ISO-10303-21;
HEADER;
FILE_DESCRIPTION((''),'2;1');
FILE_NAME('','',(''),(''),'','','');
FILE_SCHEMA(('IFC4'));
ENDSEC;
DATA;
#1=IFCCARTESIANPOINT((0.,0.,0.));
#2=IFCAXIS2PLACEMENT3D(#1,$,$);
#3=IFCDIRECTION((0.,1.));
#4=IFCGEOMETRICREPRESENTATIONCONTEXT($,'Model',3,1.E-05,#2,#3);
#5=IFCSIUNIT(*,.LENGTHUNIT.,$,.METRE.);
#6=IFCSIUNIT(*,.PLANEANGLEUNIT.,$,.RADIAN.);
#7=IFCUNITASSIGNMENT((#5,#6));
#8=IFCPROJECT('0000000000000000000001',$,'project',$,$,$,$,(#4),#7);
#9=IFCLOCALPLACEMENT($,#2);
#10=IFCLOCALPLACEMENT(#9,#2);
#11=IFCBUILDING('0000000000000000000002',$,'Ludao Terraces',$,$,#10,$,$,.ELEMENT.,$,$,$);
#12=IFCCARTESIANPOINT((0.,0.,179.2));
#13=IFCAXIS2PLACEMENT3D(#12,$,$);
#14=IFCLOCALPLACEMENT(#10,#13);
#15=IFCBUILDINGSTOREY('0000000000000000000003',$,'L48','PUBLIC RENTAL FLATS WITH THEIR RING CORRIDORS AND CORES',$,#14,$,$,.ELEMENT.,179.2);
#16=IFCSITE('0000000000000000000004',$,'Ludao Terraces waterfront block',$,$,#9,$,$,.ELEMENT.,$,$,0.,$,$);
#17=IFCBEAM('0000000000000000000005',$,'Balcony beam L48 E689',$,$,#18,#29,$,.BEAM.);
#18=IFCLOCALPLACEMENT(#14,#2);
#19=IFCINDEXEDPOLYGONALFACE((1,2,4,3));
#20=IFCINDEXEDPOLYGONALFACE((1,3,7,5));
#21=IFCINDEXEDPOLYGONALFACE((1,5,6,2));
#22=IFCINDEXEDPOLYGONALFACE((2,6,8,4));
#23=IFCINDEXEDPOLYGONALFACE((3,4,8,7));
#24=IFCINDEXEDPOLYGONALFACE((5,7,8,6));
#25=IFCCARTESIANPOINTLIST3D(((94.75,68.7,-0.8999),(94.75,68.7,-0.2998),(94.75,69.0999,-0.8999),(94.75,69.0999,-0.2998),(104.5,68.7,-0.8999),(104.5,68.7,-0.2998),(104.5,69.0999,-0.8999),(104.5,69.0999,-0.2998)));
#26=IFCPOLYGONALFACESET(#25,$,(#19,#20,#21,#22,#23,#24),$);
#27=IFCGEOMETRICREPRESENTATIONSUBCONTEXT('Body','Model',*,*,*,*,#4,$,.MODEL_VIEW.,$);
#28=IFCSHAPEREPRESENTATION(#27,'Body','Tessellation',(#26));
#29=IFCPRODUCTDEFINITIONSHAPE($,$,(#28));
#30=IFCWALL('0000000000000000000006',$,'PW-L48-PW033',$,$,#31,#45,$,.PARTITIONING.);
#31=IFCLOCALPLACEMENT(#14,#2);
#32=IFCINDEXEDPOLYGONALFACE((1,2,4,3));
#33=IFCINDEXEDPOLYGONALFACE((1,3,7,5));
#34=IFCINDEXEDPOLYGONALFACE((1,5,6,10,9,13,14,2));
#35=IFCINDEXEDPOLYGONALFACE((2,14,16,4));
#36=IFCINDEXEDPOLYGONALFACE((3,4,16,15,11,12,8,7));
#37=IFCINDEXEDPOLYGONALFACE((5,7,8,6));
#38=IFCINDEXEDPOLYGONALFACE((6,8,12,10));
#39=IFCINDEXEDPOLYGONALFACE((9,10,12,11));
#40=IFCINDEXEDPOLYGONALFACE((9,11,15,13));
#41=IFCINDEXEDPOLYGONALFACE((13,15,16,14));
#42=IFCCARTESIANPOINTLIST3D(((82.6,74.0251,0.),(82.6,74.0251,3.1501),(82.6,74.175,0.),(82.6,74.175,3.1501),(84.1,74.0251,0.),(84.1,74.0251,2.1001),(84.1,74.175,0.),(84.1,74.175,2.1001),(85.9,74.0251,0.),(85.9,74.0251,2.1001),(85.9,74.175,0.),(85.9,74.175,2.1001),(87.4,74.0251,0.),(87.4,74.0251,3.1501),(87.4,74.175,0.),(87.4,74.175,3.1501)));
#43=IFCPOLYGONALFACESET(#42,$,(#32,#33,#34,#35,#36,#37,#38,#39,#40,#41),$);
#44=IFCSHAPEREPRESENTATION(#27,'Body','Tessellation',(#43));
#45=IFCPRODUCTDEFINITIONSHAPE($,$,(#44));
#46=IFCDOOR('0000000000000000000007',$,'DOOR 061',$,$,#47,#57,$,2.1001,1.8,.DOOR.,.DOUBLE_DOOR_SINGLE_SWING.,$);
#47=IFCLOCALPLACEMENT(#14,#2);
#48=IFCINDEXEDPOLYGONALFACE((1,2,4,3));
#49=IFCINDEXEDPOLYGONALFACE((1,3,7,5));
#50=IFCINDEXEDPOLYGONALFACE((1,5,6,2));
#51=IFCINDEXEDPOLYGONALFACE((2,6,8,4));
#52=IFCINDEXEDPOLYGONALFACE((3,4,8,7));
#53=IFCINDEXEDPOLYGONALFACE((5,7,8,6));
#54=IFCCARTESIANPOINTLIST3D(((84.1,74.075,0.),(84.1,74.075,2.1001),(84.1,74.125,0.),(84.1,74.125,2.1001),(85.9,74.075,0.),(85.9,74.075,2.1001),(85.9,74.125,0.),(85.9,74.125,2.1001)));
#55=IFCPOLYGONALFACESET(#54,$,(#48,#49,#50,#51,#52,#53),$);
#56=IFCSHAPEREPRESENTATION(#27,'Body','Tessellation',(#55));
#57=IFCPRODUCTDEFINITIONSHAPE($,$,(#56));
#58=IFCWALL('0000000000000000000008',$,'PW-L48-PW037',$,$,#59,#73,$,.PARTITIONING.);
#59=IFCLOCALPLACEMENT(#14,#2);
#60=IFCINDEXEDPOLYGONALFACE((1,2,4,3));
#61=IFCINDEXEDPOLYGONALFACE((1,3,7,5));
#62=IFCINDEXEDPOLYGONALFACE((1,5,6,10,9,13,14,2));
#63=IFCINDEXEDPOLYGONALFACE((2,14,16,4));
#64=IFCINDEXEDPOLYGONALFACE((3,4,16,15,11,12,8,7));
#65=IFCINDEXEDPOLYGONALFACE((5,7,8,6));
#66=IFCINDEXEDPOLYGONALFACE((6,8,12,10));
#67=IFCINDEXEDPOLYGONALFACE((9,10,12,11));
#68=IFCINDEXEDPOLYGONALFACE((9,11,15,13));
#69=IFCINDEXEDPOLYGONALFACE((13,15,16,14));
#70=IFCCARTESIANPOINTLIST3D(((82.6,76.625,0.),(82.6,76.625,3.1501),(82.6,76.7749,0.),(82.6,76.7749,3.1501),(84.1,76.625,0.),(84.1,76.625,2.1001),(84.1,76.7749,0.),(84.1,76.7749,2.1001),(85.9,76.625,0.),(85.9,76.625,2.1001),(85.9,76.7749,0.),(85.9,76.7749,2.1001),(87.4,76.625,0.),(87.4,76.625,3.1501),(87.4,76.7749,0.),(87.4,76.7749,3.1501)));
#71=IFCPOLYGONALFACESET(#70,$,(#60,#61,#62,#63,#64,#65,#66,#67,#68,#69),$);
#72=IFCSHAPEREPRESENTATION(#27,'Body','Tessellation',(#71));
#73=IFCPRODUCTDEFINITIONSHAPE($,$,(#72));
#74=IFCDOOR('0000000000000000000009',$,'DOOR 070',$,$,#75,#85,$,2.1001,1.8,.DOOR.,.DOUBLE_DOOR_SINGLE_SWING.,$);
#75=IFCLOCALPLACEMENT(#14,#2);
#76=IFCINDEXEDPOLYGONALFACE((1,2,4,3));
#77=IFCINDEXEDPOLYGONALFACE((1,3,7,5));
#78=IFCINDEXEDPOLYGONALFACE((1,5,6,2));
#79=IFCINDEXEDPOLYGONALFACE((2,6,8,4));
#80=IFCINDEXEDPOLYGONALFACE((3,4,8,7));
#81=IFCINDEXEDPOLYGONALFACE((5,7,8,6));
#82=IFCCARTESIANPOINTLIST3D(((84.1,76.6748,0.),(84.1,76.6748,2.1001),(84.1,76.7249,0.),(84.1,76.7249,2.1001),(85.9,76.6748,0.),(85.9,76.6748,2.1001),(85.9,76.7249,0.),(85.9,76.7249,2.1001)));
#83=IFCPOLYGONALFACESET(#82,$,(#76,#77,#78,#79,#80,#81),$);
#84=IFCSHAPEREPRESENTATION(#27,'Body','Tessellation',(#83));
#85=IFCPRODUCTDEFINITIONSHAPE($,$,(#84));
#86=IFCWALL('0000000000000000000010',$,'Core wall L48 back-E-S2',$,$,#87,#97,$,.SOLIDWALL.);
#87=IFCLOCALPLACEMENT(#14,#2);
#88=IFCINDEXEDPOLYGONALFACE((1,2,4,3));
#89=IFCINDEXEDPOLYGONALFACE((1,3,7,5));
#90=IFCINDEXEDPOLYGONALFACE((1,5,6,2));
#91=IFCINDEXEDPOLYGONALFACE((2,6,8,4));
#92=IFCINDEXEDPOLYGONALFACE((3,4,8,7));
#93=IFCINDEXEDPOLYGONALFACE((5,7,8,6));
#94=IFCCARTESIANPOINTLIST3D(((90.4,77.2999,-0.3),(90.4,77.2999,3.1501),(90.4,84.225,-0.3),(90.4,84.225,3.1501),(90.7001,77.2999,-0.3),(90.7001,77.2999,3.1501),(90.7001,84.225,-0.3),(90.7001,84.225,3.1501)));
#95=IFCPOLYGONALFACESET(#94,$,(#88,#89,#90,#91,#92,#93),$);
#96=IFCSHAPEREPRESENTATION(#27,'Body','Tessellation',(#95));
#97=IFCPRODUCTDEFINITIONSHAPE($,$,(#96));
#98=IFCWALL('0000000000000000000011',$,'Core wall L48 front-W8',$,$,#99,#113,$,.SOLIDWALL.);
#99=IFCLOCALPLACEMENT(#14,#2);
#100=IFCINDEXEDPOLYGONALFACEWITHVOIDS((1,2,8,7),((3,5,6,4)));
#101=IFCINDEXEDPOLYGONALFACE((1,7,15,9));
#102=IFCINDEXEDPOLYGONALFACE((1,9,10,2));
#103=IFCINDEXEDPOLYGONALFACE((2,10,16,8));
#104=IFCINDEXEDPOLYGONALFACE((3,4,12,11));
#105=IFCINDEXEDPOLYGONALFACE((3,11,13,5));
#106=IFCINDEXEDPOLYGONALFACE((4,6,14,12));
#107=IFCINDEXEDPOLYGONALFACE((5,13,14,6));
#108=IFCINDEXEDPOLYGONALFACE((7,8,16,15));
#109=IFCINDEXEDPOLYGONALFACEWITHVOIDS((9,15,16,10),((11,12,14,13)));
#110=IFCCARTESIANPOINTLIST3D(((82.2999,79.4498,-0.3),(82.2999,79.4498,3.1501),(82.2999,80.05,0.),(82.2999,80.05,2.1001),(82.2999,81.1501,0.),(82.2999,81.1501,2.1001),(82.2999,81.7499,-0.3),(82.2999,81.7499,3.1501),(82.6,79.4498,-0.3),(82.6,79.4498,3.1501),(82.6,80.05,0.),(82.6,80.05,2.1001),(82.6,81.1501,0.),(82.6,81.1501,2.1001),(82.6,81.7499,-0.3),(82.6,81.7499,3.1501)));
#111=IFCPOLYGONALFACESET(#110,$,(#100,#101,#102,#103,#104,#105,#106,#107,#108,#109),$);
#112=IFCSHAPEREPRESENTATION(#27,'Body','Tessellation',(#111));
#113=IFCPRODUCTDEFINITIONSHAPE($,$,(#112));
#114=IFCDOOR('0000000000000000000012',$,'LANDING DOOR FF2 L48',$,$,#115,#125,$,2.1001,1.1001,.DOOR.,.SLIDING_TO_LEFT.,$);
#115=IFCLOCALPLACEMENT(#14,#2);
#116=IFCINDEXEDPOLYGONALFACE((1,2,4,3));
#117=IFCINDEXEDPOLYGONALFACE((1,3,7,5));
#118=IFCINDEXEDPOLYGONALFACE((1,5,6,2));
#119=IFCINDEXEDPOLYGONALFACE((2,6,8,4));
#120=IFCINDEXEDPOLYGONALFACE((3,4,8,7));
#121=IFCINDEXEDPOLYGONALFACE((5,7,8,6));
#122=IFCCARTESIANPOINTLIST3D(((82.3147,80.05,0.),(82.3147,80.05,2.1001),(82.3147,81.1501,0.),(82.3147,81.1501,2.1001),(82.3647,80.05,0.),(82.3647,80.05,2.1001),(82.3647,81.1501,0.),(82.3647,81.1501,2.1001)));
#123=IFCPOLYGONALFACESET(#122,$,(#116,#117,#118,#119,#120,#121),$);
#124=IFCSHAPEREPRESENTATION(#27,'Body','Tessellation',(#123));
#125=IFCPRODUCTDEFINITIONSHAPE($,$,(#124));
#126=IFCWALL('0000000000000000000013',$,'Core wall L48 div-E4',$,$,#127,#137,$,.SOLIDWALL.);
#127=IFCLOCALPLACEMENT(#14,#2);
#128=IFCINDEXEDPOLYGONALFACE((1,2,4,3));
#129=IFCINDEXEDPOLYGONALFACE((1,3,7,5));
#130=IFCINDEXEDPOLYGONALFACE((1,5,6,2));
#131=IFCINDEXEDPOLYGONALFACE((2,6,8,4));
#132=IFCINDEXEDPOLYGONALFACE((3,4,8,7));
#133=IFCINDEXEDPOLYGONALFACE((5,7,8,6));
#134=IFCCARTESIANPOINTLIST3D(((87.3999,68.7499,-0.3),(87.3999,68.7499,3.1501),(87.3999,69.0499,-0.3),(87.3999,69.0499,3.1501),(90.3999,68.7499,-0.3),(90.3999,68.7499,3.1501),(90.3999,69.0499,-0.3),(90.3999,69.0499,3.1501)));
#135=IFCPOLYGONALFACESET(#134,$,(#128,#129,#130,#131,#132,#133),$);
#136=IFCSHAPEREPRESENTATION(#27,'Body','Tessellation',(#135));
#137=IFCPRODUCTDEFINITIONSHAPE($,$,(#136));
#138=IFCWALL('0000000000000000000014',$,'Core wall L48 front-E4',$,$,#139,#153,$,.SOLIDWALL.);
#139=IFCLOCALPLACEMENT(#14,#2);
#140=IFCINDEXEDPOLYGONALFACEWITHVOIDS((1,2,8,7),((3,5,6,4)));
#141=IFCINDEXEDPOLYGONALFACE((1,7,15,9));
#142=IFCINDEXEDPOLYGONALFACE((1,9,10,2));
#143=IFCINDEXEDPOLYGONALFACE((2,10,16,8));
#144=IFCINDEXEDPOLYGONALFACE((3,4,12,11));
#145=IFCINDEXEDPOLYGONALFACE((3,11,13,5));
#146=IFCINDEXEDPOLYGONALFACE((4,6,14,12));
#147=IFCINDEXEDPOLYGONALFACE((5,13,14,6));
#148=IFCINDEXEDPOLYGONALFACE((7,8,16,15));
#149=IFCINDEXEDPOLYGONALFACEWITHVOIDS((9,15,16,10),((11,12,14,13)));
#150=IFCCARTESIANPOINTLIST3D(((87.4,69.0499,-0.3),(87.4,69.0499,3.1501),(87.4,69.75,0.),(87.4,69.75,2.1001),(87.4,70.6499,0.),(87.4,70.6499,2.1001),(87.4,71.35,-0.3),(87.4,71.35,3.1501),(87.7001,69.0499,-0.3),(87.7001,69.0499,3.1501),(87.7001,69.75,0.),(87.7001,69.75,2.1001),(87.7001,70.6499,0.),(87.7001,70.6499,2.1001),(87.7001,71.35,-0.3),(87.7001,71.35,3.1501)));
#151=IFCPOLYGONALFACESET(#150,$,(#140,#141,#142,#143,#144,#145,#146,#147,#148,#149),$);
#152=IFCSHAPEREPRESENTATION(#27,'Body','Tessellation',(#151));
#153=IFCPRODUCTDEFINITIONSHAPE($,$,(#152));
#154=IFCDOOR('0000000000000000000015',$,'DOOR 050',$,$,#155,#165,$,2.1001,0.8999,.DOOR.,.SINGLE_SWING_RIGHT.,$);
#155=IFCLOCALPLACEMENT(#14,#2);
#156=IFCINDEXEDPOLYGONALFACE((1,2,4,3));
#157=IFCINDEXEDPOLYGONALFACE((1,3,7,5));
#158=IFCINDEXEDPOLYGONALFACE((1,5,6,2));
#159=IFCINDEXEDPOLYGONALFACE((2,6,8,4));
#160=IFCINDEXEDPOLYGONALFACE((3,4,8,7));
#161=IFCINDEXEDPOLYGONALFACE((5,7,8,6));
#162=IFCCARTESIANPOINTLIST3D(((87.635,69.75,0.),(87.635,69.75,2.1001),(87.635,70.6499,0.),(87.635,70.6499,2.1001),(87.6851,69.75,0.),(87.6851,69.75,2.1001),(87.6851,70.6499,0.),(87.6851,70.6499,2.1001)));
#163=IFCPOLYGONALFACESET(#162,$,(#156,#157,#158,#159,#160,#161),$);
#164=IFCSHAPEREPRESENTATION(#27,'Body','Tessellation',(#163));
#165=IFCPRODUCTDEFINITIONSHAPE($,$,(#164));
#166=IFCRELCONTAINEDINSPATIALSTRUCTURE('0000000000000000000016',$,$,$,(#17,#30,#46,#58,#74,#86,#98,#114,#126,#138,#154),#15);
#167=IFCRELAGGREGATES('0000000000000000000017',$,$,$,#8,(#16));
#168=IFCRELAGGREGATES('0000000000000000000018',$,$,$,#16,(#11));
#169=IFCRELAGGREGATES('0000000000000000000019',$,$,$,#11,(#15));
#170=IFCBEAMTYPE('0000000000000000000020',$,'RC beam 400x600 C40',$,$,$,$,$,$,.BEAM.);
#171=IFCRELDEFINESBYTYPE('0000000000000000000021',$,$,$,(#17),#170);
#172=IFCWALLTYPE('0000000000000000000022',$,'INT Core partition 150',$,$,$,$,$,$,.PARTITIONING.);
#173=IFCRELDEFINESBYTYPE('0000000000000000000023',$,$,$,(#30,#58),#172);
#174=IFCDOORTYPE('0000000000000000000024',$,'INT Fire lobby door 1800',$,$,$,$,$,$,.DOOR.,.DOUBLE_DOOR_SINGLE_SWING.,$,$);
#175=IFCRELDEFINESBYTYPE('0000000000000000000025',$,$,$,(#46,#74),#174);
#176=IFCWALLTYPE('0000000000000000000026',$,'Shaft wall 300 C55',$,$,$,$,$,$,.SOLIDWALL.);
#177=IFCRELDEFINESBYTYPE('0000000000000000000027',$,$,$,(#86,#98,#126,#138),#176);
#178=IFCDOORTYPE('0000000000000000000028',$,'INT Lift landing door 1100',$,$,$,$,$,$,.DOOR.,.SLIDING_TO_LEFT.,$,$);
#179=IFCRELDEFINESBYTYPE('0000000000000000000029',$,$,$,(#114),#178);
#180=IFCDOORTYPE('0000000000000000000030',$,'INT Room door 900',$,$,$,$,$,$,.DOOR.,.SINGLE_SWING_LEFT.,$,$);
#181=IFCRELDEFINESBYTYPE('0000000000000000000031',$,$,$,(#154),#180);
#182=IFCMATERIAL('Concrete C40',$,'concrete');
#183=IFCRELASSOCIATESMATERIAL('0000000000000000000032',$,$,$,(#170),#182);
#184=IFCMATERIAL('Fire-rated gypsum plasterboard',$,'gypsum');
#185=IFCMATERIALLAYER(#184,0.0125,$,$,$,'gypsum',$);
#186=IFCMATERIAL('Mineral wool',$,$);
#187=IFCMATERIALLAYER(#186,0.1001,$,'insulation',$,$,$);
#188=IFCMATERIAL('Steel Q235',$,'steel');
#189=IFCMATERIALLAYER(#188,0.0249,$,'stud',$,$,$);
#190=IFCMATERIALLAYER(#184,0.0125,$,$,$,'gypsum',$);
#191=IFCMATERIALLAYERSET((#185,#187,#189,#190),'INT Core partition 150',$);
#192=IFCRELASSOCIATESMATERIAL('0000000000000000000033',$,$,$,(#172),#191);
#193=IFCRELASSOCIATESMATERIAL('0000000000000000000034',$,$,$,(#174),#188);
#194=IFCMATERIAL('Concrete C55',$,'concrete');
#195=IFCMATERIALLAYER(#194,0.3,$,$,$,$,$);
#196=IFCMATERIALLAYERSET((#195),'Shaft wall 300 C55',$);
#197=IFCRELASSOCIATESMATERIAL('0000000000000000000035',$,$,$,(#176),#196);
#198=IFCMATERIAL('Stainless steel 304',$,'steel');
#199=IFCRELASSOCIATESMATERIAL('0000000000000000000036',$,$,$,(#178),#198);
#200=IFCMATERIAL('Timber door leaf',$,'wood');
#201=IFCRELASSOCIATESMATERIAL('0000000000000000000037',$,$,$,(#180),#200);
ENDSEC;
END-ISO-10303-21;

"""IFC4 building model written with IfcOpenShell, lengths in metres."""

from ifc_helpers import new_model, si_unit, direction, frame, frame_2d, origin, origin_2d, place, context, subcontext, project, spatial, rectangle, extrude, material, layer, layer_set, material_profile, profile_set, type_object, element, fill, save


model = new_model("IFC4")

# Units and contexts
model_context = context("Model", 3, precision=1e-05, world=origin(), true_north=direction((0.0, 1.0)))
body_context = subcontext(model_context, "Body", "Model", "MODEL_VIEW")
ifc_project = project(units=[si_unit("LENGTHUNIT", "METRE"), si_unit("PLANEANGLEUNIT", "RADIAN")], contexts=[model_context])

# Site, building, storey
site_placement = place(None, origin())
site = spatial("IfcSite", under=ifc_project, at=site_placement, Name="Ludao Terraces waterfront block", CompositionType="ELEMENT", RefElevation=0.0)
building_placement = place(site_placement, origin())
building = spatial("IfcBuilding", under=site, at=building_placement, Name="Ludao Terraces", CompositionType="ELEMENT")
storey_placement = place(building_placement, frame((0.0, 0.0, 179.2)))
storey = spatial("IfcBuildingStorey", under=building, at=storey_placement, Name="L48", Description="PUBLIC RENTAL FLATS WITH THEIR RING CORRIDORS AND CORES", CompositionType="ELEMENT", Elevation=179.2)

# Beam
ifc_material_1 = material(Name="Concrete C40", Category="concrete")
ifc_material_profile = material_profile(ifc_material_1, rectangle(XDim=0.3999, YDim=0.6001, at=origin_2d()), Name="400 X 600")
ifc_profile_set = profile_set([ifc_material_profile], Name="Concrete C40")
beam_type = type_object("IfcBeamType", Name="RC beam 400x600 C40", PredefinedType="BEAM", material=ifc_profile_set)
beam_placement = place(storey_placement, frame((94.75, 68.8999, -0.5999), z_axis=(1.0, 0.0, 0.0), x_axis=(0.0, 1.0, 0.0)))
element("IfcBeam", 1, at=beam_placement, inside=storey, type_object=beam_type, Name="Balcony beam L48 E689", PredefinedType="BEAM", context=body_context, shape_type="SweptSolid", body=[
    extrude(rectangle(XDim=0.3999, YDim=0.6001, at=origin_2d()), origin(), (0.0, 0.0, 1.0), 9.75),
])

# Walls, openings, doors
ifc_material_2 = material(Name="Fire-rated gypsum plasterboard", Category="gypsum")
ifc_layer_1 = layer(ifc_material_2, 0.0125, Category="gypsum")
ifc_material_3 = material(Name="Mineral wool")
ifc_layer_2 = layer(ifc_material_3, 0.1001, Name="insulation")
ifc_material_4 = material(Name="Steel Q235", Category="steel")
ifc_layer_3 = layer(ifc_material_4, 0.0249, Name="stud")
ifc_layer_4 = layer(ifc_material_2, 0.0125, Category="gypsum")
ifc_layer_set_1 = layer_set([ifc_layer_1, ifc_layer_2, ifc_layer_3, ifc_layer_4], Name="INT Core partition 150")
wall_type_1 = type_object("IfcWallType", Name="INT Core partition 150", PredefinedType="PARTITIONING", material=ifc_layer_set_1)
wall_1_placement = place(storey_placement, frame((82.6001, 74.1001, 0.0), z_axis=(0.0, 0.0, 1.0), x_axis=(1.0, 0.0, 0.0)))
wall_1 = element("IfcWall", 2, at=wall_1_placement, inside=storey, type_object=wall_type_1, Name="PW-L48-PW033", PredefinedType="PARTITIONING", context=body_context, shape_type="SweptSolid", body=[
    extrude(rectangle(XDim=4.8, YDim=0.1499, at=frame_2d((2.3999, 0.0))), origin(), (0.0, 0.0, 1.0), 3.1501),
])
opening_1_placement = place(wall_1_placement, frame((1.5, 0.0, 0.0)))
opening_1 = element("IfcOpeningElement", 3, at=opening_1_placement, cuts=wall_1, PredefinedType="OPENING", context=body_context, shape_type="SweptSolid", body=[
    extrude(rectangle(XDim=1.8, YDim=2.1001, at=frame_2d((0.8999, 1.05))), frame((0.0, 0.085, 0.0), z_axis=(0.0, -1.0, 0.0), x_axis=(1.0, 0.0, 0.0)), (0.0, 0.0, 1.0), 0.1699),
])
door_type_1 = type_object("IfcDoorType", Name="INT Fire lobby door 1800", OperationType="DOUBLE_DOOR_SINGLE_SWING", PredefinedType="DOOR", material=ifc_material_4)
door_1_placement = place(opening_1_placement, origin())
door_1 = element("IfcDoor", 4, at=door_1_placement, inside=storey, type_object=door_type_1, Name="DOOR 061", OperationType="DOUBLE_DOOR_SINGLE_SWING", OverallHeight=2.1001, OverallWidth=1.8, PredefinedType="DOOR", context=body_context, shape_type="SweptSolid", body=[
    extrude(rectangle(XDim=1.8, YDim=2.1001, at=frame_2d((0.8999, 1.05))), frame((0.0, 0.0249, 0.0), z_axis=(0.0, -1.0, 0.0), x_axis=(1.0, 0.0, 0.0)), (0.0, 0.0, 1.0), 0.05),
])
fill(opening_1, door_1)
wall_2_placement = place(storey_placement, frame((82.6001, 76.7, 0.0), z_axis=(0.0, 0.0, 1.0), x_axis=(1.0, 0.0, 0.0)))
wall_2 = element("IfcWall", 5, at=wall_2_placement, inside=storey, type_object=wall_type_1, Name="PW-L48-PW037", PredefinedType="PARTITIONING", context=body_context, shape_type="SweptSolid", body=[
    extrude(rectangle(XDim=4.8, YDim=0.1499, at=frame_2d((2.3999, 0.0))), origin(), (0.0, 0.0, 1.0), 3.1501),
])
opening_2_placement = place(wall_2_placement, frame((1.5, 0.0, 0.0)))
opening_2 = element("IfcOpeningElement", 6, at=opening_2_placement, cuts=wall_2, PredefinedType="OPENING", context=body_context, shape_type="SweptSolid", body=[
    extrude(rectangle(XDim=1.8, YDim=2.1001, at=frame_2d((0.8999, 1.05))), frame((0.0, 0.085, 0.0), z_axis=(0.0, -1.0, 0.0), x_axis=(1.0, 0.0, 0.0)), (0.0, 0.0, 1.0), 0.1699),
])
door_2_placement = place(opening_2_placement, origin())
door_2 = element("IfcDoor", 7, at=door_2_placement, inside=storey, type_object=door_type_1, Name="DOOR 070", OperationType="DOUBLE_DOOR_SINGLE_SWING", OverallHeight=2.1001, OverallWidth=1.8, PredefinedType="DOOR", context=body_context, shape_type="SweptSolid", body=[
    extrude(rectangle(XDim=1.8, YDim=2.1001, at=frame_2d((0.8999, 1.05))), frame((0.0, 0.0249, 0.0), z_axis=(0.0, -1.0, 0.0), x_axis=(1.0, 0.0, 0.0)), (0.0, 0.0, 1.0), 0.05),
])
fill(opening_2, door_2)

# Wall
ifc_material_5 = material(Name="Concrete C55", Category="concrete")
ifc_layer_5 = layer(ifc_material_5, 0.3)
ifc_layer_set_2 = layer_set([ifc_layer_5], Name="Shaft wall 300 C55")
wall_type_2 = type_object("IfcWallType", Name="Shaft wall 300 C55", PredefinedType="SOLIDWALL", material=ifc_layer_set_2)
wall_3_placement = place(storey_placement, frame((90.55, 77.3, -0.3), z_axis=(0.0, 0.0, 1.0), x_axis=(0.0, 1.0, 0.0)))
element("IfcWall", 8, at=wall_3_placement, inside=storey, type_object=wall_type_2, Name="Core wall L48 back-E-S2", PredefinedType="SOLIDWALL", context=body_context, shape_type="SweptSolid", body=[
    extrude(rectangle(XDim=6.925, YDim=0.3, at=frame_2d((3.4624, 0.0))), origin(), (0.0, 0.0, 1.0), 3.4502),
])

# Wall, opening, door
wall_4_placement = place(storey_placement, frame((82.45, 79.45, -0.3), z_axis=(0.0, 0.0, 1.0), x_axis=(0.0, 1.0, 0.0)))
wall_4 = element("IfcWall", 9, at=wall_4_placement, inside=storey, type_object=wall_type_2, Name="Core wall L48 front-W8", PredefinedType="SOLIDWALL", context=body_context, shape_type="SweptSolid", body=[
    extrude(rectangle(XDim=2.3, YDim=0.3, at=frame_2d((1.1499, 0.0))), origin(), (0.0, 0.0, 1.0), 3.4502),
])
opening_3_placement = place(wall_4_placement, frame((0.6001, 0.0, 0.3)))
opening_3 = element("IfcOpeningElement", 10, at=opening_3_placement, cuts=wall_4, PredefinedType="OPENING", context=body_context, shape_type="SweptSolid", body=[
    extrude(rectangle(XDim=1.1001, YDim=2.1001, at=frame_2d((0.55, 1.05))), frame((0.0, 0.1602, 0.0), z_axis=(0.0, -1.0, 0.0), x_axis=(1.0, 0.0, 0.0)), (0.0, 0.0, 1.0), 0.3201),
])
ifc_material_6 = material(Name="Stainless steel 304", Category="steel")
door_type_2 = type_object("IfcDoorType", Name="INT Lift landing door 1100", OperationType="SLIDING_TO_LEFT", PredefinedType="DOOR", material=ifc_material_6)
door_3_placement = place(opening_3_placement, origin())
door_3 = element("IfcDoor", 11, at=door_3_placement, inside=storey, type_object=door_type_2, Name="LANDING DOOR FF2 L48", OperationType="SLIDING_TO_LEFT", OverallHeight=2.1001, OverallWidth=1.1001, PredefinedType="DOOR", context=body_context, shape_type="SweptSolid", body=[
    extrude(rectangle(XDim=1.1001, YDim=2.1001, at=frame_2d((0.55, 1.05))), frame((0.0, 0.1353, 0.0), z_axis=(0.0, -1.0, 0.0), x_axis=(1.0, 0.0, 0.0)), (0.0, 0.0, 1.0), 0.05),
])
fill(opening_3, door_3)

# Wall
wall_5_placement = place(storey_placement, frame((87.3999, 68.8999, -0.3), z_axis=(0.0, 0.0, 1.0), x_axis=(1.0, 0.0, 0.0)))
element("IfcWall", 12, at=wall_5_placement, inside=storey, type_object=wall_type_2, Name="Core wall L48 div-E4", PredefinedType="SOLIDWALL", context=body_context, shape_type="SweptSolid", body=[
    extrude(rectangle(XDim=3.0, YDim=0.3, at=frame_2d((1.5, 0.0))), origin(), (0.0, 0.0, 1.0), 3.4502),
])

# Wall, opening, door
wall_6_placement = place(storey_placement, frame((87.55, 69.05, -0.3), z_axis=(0.0, 0.0, 1.0), x_axis=(0.0, 1.0, 0.0)))
wall_6 = element("IfcWall", 13, at=wall_6_placement, inside=storey, type_object=wall_type_2, Name="Core wall L48 front-E4", PredefinedType="SOLIDWALL", context=body_context, shape_type="SweptSolid", body=[
    extrude(rectangle(XDim=2.3, YDim=0.3, at=frame_2d((1.1499, 0.0))), origin(), (0.0, 0.0, 1.0), 3.4502),
])
opening_4_placement = place(wall_6_placement, frame((0.7, 0.0, 0.3)))
opening_4 = element("IfcOpeningElement", 14, at=opening_4_placement, cuts=wall_6, PredefinedType="OPENING", context=body_context, shape_type="SweptSolid", body=[
    extrude(rectangle(XDim=0.8999, YDim=2.1001, at=frame_2d((0.45, 1.05))), frame((0.0, 0.1602, 0.0), z_axis=(0.0, -1.0, 0.0), x_axis=(1.0, 0.0, 0.0)), (0.0, 0.0, 1.0), 0.3201),
])
ifc_material_7 = material(Name="Timber door leaf", Category="wood")
door_type_3 = type_object("IfcDoorType", Name="INT Room door 900", OperationType="SINGLE_SWING_LEFT", PredefinedType="DOOR", material=ifc_material_7)
door_4_placement = place(opening_4_placement, origin())
door_4 = element("IfcDoor", 15, at=door_4_placement, inside=storey, type_object=door_type_3, Name="DOOR 050", OperationType="SINGLE_SWING_RIGHT", OverallHeight=2.1001, OverallWidth=0.8999, PredefinedType="DOOR", context=body_context, shape_type="SweptSolid", body=[
    extrude(rectangle(XDim=0.8999, YDim=2.1001, at=frame_2d((0.45, 1.05))), frame((0.0, -0.085, 0.0), z_axis=(0.0, -1.0, 0.0), x_axis=(1.0, 0.0, 0.0)), (0.0, 0.0, 1.0), 0.05),
])
fill(opening_4, door_4)

save(model, "model.ifc")
